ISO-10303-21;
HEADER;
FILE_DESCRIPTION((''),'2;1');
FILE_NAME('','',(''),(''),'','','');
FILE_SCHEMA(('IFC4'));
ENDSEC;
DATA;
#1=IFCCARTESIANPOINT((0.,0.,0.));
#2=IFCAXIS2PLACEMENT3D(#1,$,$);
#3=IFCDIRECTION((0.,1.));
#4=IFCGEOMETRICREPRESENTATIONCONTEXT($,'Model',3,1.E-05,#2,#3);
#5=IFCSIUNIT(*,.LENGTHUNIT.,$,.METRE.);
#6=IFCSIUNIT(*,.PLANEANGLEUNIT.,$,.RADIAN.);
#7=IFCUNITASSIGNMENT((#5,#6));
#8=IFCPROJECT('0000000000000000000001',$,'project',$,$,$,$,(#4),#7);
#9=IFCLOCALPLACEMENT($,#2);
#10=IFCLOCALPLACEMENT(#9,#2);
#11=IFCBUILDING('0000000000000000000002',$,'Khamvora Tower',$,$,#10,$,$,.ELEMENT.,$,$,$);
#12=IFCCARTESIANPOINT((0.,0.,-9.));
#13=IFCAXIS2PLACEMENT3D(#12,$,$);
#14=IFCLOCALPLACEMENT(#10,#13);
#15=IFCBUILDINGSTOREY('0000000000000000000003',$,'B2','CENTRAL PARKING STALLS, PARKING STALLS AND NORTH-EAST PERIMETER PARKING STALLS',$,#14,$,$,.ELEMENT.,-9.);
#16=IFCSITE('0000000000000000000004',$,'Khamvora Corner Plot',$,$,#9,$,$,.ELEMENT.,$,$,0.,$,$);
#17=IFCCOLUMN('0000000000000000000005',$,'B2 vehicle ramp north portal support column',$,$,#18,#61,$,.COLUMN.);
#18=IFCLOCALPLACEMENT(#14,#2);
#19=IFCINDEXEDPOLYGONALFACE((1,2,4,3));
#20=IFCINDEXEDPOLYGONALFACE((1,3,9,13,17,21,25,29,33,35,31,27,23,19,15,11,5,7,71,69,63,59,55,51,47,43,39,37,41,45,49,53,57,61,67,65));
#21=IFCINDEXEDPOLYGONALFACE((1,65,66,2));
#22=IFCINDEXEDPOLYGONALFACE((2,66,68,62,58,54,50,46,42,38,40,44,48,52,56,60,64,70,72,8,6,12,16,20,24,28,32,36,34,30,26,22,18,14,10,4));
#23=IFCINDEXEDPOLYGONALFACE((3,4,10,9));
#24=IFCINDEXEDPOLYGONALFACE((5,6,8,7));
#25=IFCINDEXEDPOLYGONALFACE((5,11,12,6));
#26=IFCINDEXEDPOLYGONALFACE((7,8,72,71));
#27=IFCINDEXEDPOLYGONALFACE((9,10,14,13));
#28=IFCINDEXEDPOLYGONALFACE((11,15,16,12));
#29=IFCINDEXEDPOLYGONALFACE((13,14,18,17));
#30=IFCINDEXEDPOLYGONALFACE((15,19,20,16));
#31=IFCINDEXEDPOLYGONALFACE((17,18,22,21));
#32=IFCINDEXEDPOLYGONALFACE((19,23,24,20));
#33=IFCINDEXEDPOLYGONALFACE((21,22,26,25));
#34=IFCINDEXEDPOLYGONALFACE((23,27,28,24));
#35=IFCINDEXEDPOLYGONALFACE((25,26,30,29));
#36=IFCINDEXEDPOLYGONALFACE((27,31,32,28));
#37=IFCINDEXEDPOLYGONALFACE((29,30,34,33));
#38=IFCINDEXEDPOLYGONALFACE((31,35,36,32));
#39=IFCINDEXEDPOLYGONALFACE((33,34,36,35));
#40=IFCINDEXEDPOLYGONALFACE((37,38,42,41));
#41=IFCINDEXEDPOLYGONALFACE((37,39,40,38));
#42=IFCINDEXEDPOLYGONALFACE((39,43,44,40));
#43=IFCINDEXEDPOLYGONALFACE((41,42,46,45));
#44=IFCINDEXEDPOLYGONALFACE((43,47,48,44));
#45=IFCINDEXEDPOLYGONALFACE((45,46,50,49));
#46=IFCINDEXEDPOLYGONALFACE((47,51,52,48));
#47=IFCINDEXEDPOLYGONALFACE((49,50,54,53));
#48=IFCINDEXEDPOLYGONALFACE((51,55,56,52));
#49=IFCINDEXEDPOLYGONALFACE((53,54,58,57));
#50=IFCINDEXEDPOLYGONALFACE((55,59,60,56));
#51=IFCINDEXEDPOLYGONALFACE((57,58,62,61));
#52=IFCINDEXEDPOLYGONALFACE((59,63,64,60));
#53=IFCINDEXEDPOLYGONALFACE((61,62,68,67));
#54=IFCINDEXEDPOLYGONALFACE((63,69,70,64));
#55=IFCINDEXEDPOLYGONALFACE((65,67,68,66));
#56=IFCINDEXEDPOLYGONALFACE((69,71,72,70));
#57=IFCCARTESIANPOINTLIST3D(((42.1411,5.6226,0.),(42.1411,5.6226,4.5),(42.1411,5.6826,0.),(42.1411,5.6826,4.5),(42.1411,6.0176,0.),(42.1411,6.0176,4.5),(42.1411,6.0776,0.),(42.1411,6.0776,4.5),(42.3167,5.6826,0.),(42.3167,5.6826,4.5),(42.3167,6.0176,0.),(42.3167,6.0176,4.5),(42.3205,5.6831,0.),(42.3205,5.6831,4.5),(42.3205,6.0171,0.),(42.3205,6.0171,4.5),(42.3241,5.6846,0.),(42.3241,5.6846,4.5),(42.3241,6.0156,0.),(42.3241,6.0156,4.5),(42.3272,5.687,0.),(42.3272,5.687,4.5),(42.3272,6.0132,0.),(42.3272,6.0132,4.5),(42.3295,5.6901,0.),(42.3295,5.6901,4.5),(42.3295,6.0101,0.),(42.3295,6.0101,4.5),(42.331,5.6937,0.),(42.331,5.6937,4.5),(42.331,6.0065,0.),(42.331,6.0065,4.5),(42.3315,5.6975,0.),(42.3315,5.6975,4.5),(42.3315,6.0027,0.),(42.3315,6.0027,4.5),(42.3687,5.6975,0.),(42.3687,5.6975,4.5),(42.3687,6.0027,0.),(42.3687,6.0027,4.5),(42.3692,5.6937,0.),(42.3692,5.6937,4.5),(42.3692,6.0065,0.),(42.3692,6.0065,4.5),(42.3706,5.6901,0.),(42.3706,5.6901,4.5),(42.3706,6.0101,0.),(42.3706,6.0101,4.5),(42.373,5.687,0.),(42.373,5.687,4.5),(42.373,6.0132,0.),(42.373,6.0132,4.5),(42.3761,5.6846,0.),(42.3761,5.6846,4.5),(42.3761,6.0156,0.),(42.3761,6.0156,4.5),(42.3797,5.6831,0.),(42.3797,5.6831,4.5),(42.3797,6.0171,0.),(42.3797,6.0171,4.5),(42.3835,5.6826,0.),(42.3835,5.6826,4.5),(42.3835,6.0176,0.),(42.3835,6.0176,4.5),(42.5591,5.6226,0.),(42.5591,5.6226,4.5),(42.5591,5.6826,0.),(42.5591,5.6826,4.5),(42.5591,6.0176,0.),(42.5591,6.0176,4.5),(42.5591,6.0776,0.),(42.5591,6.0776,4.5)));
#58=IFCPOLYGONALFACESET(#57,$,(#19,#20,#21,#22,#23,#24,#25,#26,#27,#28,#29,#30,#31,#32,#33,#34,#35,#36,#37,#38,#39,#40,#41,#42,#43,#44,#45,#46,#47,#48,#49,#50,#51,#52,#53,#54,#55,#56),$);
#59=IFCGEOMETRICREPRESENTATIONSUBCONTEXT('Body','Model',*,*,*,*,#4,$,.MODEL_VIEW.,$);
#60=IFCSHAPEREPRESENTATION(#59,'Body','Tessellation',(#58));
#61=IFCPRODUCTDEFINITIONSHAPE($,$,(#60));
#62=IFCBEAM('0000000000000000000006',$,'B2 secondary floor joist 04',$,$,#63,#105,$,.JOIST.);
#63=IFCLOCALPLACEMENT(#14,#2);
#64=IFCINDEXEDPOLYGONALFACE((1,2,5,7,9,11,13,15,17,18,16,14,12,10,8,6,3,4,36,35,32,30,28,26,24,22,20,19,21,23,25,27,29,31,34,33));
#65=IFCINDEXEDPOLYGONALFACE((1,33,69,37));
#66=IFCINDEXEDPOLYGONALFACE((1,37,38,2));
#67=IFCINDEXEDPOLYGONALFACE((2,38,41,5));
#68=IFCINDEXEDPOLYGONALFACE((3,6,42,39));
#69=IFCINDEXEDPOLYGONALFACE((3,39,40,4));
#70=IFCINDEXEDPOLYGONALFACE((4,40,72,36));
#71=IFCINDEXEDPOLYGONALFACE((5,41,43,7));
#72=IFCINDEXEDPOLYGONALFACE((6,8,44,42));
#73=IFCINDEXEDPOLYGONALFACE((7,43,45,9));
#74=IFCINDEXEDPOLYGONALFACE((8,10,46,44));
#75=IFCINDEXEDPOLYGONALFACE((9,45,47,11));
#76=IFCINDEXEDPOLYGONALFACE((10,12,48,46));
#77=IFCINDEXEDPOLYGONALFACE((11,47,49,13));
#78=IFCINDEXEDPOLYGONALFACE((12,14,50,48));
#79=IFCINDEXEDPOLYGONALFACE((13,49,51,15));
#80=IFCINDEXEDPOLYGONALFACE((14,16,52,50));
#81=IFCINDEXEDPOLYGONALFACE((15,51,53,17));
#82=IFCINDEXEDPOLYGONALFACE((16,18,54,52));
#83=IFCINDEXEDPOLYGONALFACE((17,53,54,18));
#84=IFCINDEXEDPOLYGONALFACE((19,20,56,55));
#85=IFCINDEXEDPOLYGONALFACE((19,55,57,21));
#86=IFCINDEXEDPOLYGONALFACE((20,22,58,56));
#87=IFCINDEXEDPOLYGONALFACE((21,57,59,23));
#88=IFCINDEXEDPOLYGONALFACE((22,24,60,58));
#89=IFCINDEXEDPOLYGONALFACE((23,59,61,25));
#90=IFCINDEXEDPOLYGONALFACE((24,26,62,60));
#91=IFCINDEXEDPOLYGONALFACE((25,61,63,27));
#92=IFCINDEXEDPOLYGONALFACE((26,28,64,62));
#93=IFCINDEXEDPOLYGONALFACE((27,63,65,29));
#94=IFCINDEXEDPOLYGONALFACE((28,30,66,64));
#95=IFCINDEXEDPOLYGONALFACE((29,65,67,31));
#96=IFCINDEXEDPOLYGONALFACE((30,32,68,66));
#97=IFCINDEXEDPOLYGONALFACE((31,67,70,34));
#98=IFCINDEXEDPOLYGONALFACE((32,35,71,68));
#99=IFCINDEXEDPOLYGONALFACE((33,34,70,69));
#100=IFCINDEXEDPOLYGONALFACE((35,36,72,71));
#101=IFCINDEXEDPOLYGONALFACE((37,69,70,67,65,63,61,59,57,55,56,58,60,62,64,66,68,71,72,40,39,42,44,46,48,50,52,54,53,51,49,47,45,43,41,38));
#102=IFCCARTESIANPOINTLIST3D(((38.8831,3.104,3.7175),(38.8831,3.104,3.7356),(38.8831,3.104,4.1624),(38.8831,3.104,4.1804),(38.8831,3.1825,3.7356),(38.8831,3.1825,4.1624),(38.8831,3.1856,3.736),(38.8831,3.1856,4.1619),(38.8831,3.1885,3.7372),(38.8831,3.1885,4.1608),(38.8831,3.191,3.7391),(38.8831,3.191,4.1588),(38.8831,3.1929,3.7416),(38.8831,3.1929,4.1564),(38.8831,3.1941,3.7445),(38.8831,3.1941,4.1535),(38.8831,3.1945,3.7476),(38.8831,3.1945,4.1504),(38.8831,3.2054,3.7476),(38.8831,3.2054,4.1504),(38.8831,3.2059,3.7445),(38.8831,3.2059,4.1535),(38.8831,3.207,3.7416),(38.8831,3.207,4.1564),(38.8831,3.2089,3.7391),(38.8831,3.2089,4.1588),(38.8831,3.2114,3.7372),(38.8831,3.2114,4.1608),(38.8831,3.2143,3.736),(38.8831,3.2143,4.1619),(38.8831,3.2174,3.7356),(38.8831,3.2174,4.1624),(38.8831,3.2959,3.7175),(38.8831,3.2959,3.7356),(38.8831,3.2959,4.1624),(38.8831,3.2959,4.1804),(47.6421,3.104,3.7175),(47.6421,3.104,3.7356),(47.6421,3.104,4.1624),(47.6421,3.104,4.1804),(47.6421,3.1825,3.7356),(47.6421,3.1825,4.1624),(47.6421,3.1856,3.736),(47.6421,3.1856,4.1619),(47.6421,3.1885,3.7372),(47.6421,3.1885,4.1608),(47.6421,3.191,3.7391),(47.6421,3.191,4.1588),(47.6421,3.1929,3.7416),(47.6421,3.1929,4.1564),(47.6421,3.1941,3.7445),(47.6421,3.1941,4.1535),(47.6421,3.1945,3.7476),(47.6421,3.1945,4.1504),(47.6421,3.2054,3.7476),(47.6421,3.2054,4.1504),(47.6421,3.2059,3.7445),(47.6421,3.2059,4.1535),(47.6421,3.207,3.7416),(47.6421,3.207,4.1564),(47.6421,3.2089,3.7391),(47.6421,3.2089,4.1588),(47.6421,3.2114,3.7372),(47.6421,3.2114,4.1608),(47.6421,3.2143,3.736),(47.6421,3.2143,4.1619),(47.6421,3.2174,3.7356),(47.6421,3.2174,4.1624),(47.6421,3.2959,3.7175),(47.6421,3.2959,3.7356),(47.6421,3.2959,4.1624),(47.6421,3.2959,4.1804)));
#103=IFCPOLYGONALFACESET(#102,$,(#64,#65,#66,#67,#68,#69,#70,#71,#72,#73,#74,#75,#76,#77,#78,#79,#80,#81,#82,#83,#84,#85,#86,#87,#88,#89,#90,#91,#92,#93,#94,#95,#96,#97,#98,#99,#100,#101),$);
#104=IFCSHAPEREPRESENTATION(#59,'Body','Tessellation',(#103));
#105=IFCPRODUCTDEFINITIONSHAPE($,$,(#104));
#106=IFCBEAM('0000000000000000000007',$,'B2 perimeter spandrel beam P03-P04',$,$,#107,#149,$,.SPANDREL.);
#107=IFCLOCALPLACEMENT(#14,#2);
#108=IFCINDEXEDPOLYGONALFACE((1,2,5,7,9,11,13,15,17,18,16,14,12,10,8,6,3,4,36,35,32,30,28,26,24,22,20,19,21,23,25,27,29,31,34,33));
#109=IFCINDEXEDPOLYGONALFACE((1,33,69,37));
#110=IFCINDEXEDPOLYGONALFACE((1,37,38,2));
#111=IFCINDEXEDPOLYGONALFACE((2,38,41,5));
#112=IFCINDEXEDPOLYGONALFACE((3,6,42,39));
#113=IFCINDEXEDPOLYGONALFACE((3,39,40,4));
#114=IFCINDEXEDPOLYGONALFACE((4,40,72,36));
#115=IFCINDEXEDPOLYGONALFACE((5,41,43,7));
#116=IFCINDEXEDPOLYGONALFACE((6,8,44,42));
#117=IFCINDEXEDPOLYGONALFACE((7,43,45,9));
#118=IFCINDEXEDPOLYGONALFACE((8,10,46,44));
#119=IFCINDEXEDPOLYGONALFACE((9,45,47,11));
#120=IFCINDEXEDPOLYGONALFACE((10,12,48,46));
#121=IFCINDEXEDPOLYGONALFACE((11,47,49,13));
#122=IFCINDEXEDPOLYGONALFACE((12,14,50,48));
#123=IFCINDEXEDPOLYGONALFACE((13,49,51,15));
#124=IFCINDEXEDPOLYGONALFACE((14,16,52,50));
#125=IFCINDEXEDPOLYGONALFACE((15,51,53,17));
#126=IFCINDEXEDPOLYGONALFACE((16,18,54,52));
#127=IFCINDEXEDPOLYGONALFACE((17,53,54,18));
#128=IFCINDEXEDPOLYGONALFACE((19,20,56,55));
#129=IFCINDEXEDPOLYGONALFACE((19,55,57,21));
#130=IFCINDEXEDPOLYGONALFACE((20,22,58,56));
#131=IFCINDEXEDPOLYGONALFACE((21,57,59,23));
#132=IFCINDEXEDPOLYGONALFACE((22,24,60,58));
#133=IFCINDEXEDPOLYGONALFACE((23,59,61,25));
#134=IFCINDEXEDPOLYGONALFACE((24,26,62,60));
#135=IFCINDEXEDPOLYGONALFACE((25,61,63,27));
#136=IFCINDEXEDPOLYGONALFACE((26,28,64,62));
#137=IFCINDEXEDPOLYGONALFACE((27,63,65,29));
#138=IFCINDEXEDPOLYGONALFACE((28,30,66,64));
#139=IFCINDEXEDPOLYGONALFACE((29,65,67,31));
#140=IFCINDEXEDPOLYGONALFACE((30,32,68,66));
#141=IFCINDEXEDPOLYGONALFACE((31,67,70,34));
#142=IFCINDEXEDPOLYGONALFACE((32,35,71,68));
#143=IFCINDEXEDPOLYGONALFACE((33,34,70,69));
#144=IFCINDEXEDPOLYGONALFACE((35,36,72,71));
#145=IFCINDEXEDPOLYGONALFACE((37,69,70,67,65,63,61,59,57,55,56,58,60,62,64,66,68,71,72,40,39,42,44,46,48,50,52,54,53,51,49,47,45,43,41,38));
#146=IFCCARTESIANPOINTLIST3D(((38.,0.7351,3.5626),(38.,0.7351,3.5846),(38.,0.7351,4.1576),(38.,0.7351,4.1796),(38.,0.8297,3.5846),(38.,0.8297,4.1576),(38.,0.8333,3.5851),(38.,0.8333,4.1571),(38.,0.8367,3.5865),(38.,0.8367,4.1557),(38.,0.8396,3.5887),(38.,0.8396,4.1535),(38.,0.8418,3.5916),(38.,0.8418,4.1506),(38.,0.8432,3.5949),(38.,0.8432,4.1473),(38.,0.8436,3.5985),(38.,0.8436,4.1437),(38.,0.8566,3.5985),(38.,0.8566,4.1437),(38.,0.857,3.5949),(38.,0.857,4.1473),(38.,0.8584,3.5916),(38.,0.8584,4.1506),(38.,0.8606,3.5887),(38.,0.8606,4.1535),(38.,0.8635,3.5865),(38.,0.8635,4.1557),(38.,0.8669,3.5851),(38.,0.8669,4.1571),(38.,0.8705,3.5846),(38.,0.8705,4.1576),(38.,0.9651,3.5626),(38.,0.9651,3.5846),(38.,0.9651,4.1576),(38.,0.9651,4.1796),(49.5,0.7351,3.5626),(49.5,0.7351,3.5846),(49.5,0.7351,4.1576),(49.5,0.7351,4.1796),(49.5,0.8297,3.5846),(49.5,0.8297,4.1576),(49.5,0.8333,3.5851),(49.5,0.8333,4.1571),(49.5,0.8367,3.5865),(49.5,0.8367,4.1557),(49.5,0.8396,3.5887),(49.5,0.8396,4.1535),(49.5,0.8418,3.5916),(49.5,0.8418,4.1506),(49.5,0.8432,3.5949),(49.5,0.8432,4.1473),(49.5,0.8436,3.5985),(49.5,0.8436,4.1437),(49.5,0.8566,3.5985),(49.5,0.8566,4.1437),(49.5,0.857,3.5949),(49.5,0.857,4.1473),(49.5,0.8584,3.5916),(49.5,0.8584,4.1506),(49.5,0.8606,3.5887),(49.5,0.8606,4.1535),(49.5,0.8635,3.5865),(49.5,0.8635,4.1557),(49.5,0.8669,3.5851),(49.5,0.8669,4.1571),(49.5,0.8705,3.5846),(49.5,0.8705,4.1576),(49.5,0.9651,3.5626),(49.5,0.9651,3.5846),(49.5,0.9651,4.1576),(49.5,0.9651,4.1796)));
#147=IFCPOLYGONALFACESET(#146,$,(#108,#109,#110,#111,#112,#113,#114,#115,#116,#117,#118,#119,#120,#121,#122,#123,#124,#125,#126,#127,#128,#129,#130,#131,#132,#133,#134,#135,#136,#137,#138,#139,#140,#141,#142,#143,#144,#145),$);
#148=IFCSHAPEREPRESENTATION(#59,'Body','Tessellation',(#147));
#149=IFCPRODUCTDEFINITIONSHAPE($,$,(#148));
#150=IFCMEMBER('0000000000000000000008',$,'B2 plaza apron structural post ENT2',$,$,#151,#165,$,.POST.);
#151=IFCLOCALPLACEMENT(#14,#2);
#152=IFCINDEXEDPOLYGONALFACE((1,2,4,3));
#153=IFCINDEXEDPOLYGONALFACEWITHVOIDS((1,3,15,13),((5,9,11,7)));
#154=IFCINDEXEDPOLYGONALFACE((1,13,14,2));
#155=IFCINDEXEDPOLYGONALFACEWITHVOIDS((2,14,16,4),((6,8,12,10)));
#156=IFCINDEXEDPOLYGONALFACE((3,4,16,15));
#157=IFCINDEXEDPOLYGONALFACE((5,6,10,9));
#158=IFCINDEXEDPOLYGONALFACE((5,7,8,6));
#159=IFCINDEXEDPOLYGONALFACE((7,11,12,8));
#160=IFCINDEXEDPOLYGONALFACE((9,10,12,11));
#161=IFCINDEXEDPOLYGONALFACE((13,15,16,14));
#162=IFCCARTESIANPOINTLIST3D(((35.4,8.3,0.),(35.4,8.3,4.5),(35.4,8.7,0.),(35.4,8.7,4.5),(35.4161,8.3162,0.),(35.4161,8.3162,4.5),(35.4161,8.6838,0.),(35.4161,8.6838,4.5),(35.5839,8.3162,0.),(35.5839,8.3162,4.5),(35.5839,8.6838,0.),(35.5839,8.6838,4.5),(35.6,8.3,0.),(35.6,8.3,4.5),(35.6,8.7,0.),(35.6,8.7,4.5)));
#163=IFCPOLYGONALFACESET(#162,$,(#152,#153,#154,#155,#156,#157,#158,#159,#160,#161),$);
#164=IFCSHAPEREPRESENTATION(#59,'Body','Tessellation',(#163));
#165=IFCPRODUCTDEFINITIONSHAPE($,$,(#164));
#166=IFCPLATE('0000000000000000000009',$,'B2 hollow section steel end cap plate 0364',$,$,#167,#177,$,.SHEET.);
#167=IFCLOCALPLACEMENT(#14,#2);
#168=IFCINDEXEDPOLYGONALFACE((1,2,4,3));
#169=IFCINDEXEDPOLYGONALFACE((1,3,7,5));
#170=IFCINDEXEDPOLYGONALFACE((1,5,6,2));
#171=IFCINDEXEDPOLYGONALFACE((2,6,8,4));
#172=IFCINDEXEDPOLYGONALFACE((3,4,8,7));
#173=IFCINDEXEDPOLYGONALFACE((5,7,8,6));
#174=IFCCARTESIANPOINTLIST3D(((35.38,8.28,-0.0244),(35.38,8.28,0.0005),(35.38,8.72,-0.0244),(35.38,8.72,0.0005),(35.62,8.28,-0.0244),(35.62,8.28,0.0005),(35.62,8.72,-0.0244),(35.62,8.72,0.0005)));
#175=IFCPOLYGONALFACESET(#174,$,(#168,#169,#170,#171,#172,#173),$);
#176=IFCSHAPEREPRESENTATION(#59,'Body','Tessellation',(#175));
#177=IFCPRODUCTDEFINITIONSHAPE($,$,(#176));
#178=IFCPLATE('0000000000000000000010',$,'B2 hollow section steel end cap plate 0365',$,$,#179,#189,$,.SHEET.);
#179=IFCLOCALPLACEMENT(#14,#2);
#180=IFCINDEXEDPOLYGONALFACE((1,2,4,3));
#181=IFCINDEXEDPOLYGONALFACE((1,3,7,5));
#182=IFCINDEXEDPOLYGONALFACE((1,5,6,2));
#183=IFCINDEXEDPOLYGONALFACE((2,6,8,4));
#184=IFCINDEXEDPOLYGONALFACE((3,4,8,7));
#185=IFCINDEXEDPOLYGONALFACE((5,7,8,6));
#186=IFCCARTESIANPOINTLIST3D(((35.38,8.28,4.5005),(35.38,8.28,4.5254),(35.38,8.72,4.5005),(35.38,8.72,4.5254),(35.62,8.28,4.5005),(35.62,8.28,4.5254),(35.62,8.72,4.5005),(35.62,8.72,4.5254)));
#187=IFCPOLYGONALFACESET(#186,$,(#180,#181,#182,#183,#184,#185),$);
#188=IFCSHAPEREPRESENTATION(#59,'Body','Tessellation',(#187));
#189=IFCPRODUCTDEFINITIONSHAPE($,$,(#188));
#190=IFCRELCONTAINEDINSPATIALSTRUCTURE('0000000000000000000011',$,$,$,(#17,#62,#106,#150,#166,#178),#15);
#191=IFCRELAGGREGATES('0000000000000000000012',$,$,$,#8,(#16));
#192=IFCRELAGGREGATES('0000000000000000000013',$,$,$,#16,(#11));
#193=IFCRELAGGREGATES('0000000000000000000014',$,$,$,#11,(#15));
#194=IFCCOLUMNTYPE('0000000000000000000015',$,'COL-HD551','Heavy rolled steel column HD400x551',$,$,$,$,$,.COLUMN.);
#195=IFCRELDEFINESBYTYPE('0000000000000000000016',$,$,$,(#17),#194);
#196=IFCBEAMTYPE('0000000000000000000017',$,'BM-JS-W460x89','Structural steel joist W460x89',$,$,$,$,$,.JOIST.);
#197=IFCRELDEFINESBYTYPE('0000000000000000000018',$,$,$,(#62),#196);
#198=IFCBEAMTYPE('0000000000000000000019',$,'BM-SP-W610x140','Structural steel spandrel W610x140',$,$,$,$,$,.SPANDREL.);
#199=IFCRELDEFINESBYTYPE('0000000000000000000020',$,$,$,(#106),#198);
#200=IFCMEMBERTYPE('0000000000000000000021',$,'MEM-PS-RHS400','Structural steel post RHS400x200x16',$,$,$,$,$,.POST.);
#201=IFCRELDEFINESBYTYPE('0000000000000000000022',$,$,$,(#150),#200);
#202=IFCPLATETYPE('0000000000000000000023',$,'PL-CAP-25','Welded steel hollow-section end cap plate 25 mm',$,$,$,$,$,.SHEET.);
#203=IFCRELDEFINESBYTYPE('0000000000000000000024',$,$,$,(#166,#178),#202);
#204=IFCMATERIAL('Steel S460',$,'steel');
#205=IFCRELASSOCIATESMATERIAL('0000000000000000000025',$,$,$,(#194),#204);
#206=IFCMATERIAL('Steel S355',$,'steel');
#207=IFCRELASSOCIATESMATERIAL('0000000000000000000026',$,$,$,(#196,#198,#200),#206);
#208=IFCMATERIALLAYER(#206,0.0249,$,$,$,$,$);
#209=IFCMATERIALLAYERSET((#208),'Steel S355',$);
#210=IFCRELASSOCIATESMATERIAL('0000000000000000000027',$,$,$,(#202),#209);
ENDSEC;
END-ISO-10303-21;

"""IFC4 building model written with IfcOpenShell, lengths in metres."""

from ifc_helpers import new_model, si_unit, direction, frame, origin, origin_2d, place, context, subcontext, project, spatial, rectangle, hollow_rectangle, i_section, extrude, material, layer, layer_set, material_profile, profile_set, type_object, element, save


model = new_model("IFC4")

# Units and contexts
model_context = context("Model", 3, precision=1e-05, world=origin(), true_north=direction((0.0, 1.0)))
body_context = subcontext(model_context, "Body", "Model", "MODEL_VIEW")
ifc_project = project(units=[si_unit("LENGTHUNIT", "METRE"), si_unit("PLANEANGLEUNIT", "RADIAN")], contexts=[model_context])

# Site, building, storey
site_placement = place(None, origin())
site = spatial("IfcSite", under=ifc_project, at=site_placement, Name="Khamvora Corner Plot", CompositionType="ELEMENT", RefElevation=0.0)
building_placement = place(site_placement, origin())
building = spatial("IfcBuilding", under=site, at=building_placement, Name="Khamvora Tower", CompositionType="ELEMENT")
storey_placement = place(building_placement, frame((0.0, 0.0, -9.0)))
storey = spatial("IfcBuildingStorey", under=building, at=storey_placement, Name="B2", Description="CENTRAL PARKING STALLS, PARKING STALLS AND NORTH-EAST PERIMETER PARKING STALLS", CompositionType="ELEMENT", Elevation=-9.0)

# Column
ifc_material_1 = material(Name="Steel S460", Category="steel")
ifc_material_2 = material(Name="Steel S355", Category="steel")
ifc_material_profile_1 = material_profile(ifc_material_1, i_section(OverallWidth=0.418, OverallDepth=0.4551, WebThickness=0.0371, FlangeThickness=0.0601, FilletRadius=0.0149, at=origin_2d()), Name="HD400x551")
ifc_profile_set_1 = profile_set([ifc_material_profile_1], Name="Steel S460")
column_type_1 = type_object("IfcColumnType", Name="COL-HD551", Description="Heavy rolled steel column HD400x551", PredefinedType="COLUMN", material=ifc_profile_set_1)
column_1_placement = place(storey_placement, frame((42.3501, 5.8501, 0.0), z_axis=(0.0, 0.0, 1.0), x_axis=(1.0, 0.0, 0.0)))
element("IfcColumn", 1, at=column_1_placement, inside=storey, type_object=column_type_1, Name="B2 vehicle ramp north portal support column", PredefinedType="COLUMN", context=body_context, shape_type="SweptSolid", body=[
    extrude(i_section(OverallWidth=0.418, OverallDepth=0.4551, WebThickness=0.0371, FlangeThickness=0.0601, FilletRadius=0.0149, at=origin_2d()), origin(), (0.0, 0.0, 1.0), 4.5),
])

# Beams
ifc_material_profile_2 = material_profile(ifc_material_2, i_section(OverallWidth=0.1919, OverallDepth=0.4629, WebThickness=0.011, FlangeThickness=0.0181, FilletRadius=0.012, at=origin_2d()), Name="W460x89")
ifc_profile_set_2 = profile_set([ifc_material_profile_2], Name="Steel S355")
beam_type_1 = type_object("IfcBeamType", Name="BM-JS-W460x89", Description="Structural steel joist W460x89", PredefinedType="JOIST", material=ifc_profile_set_2)
beam_1_placement = place(storey_placement, frame((38.8831, 3.2, 3.949), z_axis=(1.0, 0.0, 0.0), x_axis=(0.0, 1.0, 0.0)))
element("IfcBeam", 2, at=beam_1_placement, inside=storey, type_object=beam_type_1, Name="B2 secondary floor joist 04", PredefinedType="JOIST", context=body_context, shape_type="SweptSolid", body=[
    extrude(i_section(OverallWidth=0.1919, OverallDepth=0.4629, WebThickness=0.011, FlangeThickness=0.0181, FilletRadius=0.012, at=origin_2d()), origin(), (0.0, 0.0, 1.0), 8.759),
])
ifc_material_profile_3 = material_profile(ifc_material_2, i_section(OverallWidth=0.23, OverallDepth=0.6169, WebThickness=0.0129, FlangeThickness=0.022, FilletRadius=0.0139, at=origin_2d()), Name="W610x140")
ifc_profile_set_3 = profile_set([ifc_material_profile_3], Name="Steel S355")
beam_type_2 = type_object("IfcBeamType", Name="BM-SP-W610x140", Description="Structural steel spandrel W610x140", PredefinedType="SPANDREL", material=ifc_profile_set_3)
beam_2_placement = place(storey_placement, frame((38.0, 0.8501, 3.8711), z_axis=(1.0, 0.0, 0.0), x_axis=(0.0, 1.0, 0.0)))
element("IfcBeam", 3, at=beam_2_placement, inside=storey, type_object=beam_type_2, Name="B2 perimeter spandrel beam P03-P04", PredefinedType="SPANDREL", context=body_context, shape_type="SweptSolid", body=[
    extrude(i_section(OverallWidth=0.23, OverallDepth=0.6169, WebThickness=0.0129, FlangeThickness=0.022, FilletRadius=0.0139, at=origin_2d()), origin(), (0.0, 0.0, 1.0), 11.5),
])

# Member
ifc_material_profile_4 = material_profile(ifc_material_2, hollow_rectangle(XDim=0.2, YDim=0.3999, WallThickness=0.0161, at=origin_2d()), Name="RHS400x200x16")
ifc_profile_set_4 = profile_set([ifc_material_profile_4], Name="Steel S355")
member_type = type_object("IfcMemberType", Name="MEM-PS-RHS400", Description="Structural steel post RHS400x200x16", PredefinedType="POST", material=ifc_profile_set_4)
member_placement = place(storey_placement, frame((35.5, 8.5, 0.0), z_axis=(0.0, 0.0, 1.0), x_axis=(1.0, 0.0, 0.0)))
element("IfcMember", 4, at=member_placement, inside=storey, type_object=member_type, Name="B2 plaza apron structural post ENT2", PredefinedType="POST", context=body_context, shape_type="SweptSolid", body=[
    extrude(hollow_rectangle(XDim=0.2, YDim=0.3999, WallThickness=0.0161, at=origin_2d()), origin(), (0.0, 0.0, 1.0), 4.5),
])

# Plates
ifc_layer_1 = layer(ifc_material_2, 0.0249)
ifc_layer_set_1 = layer_set([ifc_layer_1], Name="Steel S355")
plate_type = type_object("IfcPlateType", Name="PL-CAP-25", Description="Welded steel hollow-section end cap plate 25 mm", PredefinedType="SHEET", material=ifc_layer_set_1)
for number, where, z_axis, x_axis, name in (
    (5, (35.5, 8.5, -0.0244), (0.0, 0.0, 1.0), (1.0, 0.0, 0.0), "B2 hollow section steel end cap plate 0364"),
    (6, (35.5, 8.5, 4.5005), (0.0, 0.0, 1.0), (1.0, 0.0, 0.0), "B2 hollow section steel end cap plate 0365"),
):
    element("IfcPlate", number, at=place(storey_placement, frame(where, z_axis=z_axis, x_axis=x_axis)), inside=storey, type_object=plate_type, Name=name, PredefinedType="SHEET", context=body_context, shape_type="SweptSolid", body=[
        extrude(rectangle(XDim=0.24, YDim=0.4399, at=origin_2d()), origin(), (0.0, 0.0, 1.0), 0.0249),
    ])

save(model, "model.ifc")
